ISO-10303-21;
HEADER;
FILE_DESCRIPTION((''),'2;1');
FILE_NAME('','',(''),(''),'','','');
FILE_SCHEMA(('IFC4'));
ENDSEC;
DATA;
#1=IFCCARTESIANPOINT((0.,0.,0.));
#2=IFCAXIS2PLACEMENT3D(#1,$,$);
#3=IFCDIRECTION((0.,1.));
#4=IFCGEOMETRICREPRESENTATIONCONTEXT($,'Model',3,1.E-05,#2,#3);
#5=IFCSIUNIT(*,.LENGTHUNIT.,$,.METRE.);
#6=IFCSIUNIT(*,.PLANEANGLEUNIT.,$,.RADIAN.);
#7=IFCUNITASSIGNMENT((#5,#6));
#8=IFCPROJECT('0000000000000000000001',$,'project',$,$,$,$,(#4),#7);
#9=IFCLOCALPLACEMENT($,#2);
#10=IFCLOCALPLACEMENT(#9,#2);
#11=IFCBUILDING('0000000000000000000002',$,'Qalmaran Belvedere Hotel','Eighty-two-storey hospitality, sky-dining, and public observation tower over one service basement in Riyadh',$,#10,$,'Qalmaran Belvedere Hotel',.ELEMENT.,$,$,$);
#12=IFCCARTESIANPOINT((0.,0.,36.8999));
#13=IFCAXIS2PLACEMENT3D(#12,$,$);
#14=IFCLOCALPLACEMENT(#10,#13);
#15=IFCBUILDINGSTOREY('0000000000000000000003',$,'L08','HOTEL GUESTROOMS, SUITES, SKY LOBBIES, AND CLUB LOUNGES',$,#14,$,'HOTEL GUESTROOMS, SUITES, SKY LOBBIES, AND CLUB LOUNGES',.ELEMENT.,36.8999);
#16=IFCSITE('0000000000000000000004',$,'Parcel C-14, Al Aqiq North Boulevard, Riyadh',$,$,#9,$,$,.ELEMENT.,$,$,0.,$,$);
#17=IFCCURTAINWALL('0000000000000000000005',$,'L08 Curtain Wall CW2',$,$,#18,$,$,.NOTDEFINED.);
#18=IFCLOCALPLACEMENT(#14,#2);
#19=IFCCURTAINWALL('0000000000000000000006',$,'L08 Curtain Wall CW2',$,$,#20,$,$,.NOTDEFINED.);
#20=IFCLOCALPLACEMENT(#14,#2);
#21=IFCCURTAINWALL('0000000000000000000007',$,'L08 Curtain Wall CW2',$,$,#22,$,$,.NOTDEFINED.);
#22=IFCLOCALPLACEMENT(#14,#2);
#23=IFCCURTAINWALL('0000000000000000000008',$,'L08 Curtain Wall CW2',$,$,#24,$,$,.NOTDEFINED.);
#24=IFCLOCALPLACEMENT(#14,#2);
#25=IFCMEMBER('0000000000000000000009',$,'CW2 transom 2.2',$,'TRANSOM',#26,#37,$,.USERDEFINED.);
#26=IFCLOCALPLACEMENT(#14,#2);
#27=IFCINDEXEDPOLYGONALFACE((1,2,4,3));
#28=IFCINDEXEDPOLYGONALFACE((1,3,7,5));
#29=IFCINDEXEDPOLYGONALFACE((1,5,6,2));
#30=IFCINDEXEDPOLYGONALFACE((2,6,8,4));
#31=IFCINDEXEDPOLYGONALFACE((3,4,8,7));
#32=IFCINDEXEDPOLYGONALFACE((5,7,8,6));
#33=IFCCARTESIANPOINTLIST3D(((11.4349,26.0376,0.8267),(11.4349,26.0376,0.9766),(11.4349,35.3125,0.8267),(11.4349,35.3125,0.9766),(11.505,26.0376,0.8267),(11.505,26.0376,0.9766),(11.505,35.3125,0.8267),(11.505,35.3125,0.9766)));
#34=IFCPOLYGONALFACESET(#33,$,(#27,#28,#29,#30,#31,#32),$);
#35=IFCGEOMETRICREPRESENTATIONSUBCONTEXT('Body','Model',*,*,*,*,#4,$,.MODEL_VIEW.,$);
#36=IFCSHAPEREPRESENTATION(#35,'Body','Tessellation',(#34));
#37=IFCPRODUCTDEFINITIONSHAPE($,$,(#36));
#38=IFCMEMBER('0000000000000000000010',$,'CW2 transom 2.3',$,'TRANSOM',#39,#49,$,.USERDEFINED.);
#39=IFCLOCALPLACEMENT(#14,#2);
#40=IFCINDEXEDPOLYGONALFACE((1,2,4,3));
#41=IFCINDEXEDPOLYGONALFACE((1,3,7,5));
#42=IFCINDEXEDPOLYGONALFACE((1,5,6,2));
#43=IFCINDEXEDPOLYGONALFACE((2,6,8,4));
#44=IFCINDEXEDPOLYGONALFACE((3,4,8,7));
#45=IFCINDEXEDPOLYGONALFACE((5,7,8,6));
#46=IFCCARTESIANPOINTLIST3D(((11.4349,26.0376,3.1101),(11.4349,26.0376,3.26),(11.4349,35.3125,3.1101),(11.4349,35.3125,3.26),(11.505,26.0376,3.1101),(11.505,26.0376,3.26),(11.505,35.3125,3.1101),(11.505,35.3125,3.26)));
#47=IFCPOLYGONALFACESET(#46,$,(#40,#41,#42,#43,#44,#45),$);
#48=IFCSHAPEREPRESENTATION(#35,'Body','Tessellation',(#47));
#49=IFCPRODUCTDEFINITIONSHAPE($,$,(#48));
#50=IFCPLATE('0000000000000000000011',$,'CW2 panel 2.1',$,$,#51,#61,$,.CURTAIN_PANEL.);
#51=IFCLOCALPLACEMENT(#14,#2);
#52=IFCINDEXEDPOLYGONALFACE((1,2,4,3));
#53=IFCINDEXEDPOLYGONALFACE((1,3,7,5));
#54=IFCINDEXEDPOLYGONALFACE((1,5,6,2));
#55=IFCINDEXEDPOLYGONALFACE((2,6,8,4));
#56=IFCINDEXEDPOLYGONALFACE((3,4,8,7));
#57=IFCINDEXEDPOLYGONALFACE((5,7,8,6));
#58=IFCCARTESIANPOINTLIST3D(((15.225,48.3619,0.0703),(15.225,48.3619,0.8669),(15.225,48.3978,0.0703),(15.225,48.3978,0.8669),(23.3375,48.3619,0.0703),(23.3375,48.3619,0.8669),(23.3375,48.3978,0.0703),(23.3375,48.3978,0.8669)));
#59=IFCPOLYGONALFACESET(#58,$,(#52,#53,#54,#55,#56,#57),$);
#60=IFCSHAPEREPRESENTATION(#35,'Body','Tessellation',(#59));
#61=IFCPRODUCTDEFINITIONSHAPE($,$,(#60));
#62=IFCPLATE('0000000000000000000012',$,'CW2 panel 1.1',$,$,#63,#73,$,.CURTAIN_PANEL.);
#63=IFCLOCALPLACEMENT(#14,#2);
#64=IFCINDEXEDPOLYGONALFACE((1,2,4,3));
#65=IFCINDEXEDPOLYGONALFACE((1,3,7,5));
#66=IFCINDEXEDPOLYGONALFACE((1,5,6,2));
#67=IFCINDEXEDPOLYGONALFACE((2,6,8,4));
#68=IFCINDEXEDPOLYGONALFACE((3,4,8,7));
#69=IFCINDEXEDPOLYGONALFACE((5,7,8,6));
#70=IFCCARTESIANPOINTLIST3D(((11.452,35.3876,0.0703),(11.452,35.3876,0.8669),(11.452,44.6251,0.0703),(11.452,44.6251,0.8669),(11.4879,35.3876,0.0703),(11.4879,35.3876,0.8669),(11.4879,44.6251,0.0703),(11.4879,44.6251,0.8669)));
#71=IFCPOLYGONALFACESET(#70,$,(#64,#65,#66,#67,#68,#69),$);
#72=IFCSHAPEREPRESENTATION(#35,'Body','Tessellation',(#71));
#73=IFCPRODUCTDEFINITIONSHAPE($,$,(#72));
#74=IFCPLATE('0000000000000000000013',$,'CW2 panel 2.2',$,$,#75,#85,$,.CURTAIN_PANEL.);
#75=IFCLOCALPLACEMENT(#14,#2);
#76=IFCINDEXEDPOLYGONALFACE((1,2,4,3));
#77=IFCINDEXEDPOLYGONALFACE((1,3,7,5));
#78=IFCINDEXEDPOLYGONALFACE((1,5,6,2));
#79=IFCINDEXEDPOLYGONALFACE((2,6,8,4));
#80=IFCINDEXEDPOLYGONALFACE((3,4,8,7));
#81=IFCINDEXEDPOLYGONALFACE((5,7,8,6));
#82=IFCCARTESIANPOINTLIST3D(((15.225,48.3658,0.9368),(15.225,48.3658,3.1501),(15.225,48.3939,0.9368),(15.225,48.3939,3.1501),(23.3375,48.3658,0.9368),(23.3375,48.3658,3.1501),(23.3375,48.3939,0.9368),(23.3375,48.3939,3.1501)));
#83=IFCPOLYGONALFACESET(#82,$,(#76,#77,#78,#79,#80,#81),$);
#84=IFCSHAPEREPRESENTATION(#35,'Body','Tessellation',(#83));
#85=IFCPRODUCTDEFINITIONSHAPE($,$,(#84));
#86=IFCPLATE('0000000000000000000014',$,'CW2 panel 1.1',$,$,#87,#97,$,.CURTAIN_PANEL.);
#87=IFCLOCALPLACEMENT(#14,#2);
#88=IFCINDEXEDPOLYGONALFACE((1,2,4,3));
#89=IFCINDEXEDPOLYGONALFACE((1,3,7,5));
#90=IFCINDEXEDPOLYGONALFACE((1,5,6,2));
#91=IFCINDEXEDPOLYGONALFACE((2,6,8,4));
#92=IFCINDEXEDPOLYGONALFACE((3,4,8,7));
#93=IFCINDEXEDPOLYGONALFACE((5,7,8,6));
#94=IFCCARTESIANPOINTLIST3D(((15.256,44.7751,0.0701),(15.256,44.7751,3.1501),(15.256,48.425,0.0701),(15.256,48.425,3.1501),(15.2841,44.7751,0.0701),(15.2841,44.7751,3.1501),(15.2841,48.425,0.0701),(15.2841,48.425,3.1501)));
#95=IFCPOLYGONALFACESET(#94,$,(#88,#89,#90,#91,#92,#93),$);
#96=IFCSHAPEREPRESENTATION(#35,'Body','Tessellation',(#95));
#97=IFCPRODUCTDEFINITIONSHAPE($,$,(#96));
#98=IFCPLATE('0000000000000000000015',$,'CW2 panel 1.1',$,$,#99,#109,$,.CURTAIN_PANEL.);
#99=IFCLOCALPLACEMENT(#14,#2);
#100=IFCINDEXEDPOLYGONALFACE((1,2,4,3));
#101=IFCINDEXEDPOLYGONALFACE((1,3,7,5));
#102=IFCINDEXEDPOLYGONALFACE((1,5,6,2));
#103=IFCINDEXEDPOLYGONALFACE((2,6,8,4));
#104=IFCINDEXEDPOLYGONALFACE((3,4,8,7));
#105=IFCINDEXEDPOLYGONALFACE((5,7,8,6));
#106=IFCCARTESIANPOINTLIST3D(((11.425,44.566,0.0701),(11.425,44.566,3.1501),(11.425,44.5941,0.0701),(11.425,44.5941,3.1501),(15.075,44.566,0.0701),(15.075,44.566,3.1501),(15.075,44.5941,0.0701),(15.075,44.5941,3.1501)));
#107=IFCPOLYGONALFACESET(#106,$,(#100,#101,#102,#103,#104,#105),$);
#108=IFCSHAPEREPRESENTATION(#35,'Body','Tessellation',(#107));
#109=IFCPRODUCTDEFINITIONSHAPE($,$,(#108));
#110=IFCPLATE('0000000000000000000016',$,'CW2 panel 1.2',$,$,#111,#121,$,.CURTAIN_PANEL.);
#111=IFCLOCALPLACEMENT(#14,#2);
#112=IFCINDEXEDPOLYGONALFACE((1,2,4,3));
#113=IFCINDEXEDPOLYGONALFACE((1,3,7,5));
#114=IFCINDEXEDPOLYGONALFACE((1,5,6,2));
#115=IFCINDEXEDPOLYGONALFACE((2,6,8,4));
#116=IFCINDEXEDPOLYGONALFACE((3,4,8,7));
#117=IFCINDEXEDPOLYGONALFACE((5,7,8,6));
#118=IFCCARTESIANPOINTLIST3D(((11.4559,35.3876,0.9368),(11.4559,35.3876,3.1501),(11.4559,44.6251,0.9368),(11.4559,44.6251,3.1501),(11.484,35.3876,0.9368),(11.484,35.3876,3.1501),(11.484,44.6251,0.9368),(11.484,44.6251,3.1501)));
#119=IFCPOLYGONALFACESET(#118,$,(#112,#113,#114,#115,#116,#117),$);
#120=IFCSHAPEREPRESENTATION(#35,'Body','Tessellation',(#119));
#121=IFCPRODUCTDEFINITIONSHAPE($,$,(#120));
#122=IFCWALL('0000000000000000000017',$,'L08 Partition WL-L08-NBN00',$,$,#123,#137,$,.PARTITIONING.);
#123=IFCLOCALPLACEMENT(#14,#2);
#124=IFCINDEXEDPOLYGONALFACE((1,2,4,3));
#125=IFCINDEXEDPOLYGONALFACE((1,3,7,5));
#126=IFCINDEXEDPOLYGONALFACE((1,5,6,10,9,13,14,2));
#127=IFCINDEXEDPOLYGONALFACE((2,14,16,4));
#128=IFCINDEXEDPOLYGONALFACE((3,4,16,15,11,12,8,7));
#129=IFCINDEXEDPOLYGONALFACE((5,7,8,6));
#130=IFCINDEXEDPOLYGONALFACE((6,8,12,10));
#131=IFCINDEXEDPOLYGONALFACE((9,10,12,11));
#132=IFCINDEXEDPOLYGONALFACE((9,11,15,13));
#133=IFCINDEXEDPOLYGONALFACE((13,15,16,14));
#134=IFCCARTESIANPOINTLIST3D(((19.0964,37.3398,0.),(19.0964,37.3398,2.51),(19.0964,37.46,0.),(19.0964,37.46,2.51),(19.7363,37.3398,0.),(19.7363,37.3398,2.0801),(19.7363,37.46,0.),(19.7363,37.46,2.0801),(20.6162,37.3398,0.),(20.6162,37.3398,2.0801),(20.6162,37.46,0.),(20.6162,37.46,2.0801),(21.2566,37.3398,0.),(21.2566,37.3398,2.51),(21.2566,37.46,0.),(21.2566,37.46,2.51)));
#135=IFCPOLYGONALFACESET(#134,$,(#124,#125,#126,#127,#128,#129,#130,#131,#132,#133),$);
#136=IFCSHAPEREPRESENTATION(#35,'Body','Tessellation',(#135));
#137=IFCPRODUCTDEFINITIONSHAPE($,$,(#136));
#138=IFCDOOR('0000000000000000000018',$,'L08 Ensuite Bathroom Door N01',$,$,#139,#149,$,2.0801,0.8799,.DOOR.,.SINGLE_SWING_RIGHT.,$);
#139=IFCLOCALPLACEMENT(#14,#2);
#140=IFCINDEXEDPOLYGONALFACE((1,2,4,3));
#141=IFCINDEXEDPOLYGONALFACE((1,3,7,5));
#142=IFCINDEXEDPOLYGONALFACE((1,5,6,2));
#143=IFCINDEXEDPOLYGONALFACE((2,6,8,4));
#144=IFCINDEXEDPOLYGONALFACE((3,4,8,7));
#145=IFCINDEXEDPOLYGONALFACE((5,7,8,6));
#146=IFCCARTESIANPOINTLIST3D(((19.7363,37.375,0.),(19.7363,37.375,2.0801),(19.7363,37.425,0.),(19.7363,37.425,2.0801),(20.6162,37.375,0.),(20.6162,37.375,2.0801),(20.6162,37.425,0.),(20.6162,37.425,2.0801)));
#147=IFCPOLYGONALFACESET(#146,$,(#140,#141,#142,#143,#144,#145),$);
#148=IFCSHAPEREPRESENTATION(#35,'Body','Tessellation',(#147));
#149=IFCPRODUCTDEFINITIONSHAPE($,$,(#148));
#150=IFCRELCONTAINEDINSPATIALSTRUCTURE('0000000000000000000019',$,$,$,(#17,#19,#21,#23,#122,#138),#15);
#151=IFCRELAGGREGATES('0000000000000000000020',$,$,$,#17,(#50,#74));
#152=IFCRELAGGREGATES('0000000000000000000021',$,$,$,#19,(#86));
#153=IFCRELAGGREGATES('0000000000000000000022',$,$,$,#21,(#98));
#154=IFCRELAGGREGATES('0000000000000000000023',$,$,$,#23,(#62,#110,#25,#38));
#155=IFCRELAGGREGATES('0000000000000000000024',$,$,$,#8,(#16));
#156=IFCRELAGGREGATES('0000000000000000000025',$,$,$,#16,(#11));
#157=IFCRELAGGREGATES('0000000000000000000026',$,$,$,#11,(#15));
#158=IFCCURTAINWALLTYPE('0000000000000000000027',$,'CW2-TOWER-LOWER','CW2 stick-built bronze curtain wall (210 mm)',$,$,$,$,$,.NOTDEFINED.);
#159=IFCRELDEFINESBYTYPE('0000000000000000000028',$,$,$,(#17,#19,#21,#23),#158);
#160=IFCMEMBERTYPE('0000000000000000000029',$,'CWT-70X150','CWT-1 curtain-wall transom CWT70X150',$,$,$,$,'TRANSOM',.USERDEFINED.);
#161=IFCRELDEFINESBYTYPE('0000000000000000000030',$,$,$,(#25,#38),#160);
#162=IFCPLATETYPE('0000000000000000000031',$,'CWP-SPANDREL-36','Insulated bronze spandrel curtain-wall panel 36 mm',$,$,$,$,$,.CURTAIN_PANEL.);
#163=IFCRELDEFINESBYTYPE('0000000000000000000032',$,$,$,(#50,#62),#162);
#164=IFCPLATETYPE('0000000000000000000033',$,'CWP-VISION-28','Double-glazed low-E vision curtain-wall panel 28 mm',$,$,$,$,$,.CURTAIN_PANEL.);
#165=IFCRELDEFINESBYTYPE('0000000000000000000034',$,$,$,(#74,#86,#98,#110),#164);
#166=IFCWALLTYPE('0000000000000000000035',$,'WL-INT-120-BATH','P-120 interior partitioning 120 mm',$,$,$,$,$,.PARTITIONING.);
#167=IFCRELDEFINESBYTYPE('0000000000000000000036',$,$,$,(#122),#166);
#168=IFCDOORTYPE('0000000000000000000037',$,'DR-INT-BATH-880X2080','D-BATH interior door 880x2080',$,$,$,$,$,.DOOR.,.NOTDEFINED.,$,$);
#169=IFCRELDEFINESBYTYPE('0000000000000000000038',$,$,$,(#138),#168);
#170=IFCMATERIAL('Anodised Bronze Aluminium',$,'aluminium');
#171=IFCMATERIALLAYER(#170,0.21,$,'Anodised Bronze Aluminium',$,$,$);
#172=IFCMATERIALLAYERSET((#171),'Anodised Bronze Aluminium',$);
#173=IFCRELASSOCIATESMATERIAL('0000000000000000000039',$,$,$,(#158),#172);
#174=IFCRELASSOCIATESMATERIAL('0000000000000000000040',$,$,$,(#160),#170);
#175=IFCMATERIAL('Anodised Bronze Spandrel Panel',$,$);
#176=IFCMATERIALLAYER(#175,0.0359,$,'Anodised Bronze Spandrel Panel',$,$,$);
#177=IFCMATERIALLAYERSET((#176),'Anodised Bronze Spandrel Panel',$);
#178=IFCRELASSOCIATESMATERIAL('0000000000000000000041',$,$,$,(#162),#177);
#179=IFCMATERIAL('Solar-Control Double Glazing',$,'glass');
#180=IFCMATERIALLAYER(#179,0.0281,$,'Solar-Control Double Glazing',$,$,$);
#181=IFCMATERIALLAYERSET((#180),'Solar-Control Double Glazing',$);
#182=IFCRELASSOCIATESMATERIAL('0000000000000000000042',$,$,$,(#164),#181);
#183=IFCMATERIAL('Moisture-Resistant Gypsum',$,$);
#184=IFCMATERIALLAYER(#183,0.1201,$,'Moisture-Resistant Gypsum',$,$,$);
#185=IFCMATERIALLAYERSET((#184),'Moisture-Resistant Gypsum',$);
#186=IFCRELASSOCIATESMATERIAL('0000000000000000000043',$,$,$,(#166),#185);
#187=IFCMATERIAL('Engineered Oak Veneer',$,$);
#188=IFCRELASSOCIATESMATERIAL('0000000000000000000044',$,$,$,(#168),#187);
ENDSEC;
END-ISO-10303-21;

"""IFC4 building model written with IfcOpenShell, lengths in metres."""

from ifc_helpers import new_model, si_unit, direction, frame, frame_2d, origin, origin_2d, place, context, subcontext, project, spatial, rectangle, extrude, material, layer, layer_set, material_profile, profile_set, type_object, element, fill, aggregate, save


model = new_model("IFC4")

# Units and contexts
model_context = context("Model", 3, precision=1e-05, world=origin(), true_north=direction((0.0, 1.0)))
body_context = subcontext(model_context, "Body", "Model", "MODEL_VIEW")
ifc_project = project(units=[si_unit("LENGTHUNIT", "METRE"), si_unit("PLANEANGLEUNIT", "RADIAN")], contexts=[model_context])

# Site, building, storey
site_placement = place(None, origin())
site = spatial("IfcSite", under=ifc_project, at=site_placement, Name="Parcel C-14, Al Aqiq North Boulevard, Riyadh", CompositionType="ELEMENT", RefElevation=0.0)
building_placement = place(site_placement, origin())
building = spatial("IfcBuilding", under=site, at=building_placement, Name="Qalmaran Belvedere Hotel", Description="Eighty-two-storey hospitality, sky-dining, and public observation tower over one service basement in Riyadh", LongName="Qalmaran Belvedere Hotel", CompositionType="ELEMENT")
storey_placement = place(building_placement, frame((0.0, 0.0, 36.8999)))
storey = spatial("IfcBuildingStorey", under=building, at=storey_placement, Name="L08", Description="HOTEL GUESTROOMS, SUITES, SKY LOBBIES, AND CLUB LOUNGES", LongName="HOTEL GUESTROOMS, SUITES, SKY LOBBIES, AND CLUB LOUNGES", CompositionType="ELEMENT", Elevation=36.8999)

# Curtain wall
ifc_material_1 = material(Name="Anodised Bronze Aluminium", Category="aluminium")
ifc_layer_1 = layer(ifc_material_1, 0.21, Name="Anodised Bronze Aluminium")
ifc_layer_set_1 = layer_set([ifc_layer_1], Name="Anodised Bronze Aluminium")
curtain_wall_type = type_object("IfcCurtainWallType", Name="CW2-TOWER-LOWER", Description="CW2 stick-built bronze curtain wall (210 mm)", PredefinedType="NOTDEFINED", material=ifc_layer_set_1)
curtain_wall_1_placement = place(storey_placement, origin())
curtain_wall_1 = element("IfcCurtainWall", 1, at=curtain_wall_1_placement, inside=storey, type_object=curtain_wall_type, Name="L08 Curtain Wall CW2", PredefinedType="NOTDEFINED")

# Curtain walls
curtain_wall_2_placement = place(storey_placement, origin())
curtain_wall_2 = element("IfcCurtainWall", 2, at=curtain_wall_2_placement, inside=storey, type_object=curtain_wall_type, Name="L08 Curtain Wall CW2", PredefinedType="NOTDEFINED")
curtain_wall_3_placement = place(storey_placement, origin())
curtain_wall_3 = element("IfcCurtainWall", 3, at=curtain_wall_3_placement, inside=storey, type_object=curtain_wall_type, Name="L08 Curtain Wall CW2", PredefinedType="NOTDEFINED")
curtain_wall_4_placement = place(storey_placement, origin())
curtain_wall_4 = element("IfcCurtainWall", 4, at=curtain_wall_4_placement, inside=storey, type_object=curtain_wall_type, Name="L08 Curtain Wall CW2", PredefinedType="NOTDEFINED")

# Members
ifc_material_profile_1 = material_profile(ifc_material_1, rectangle(XDim=0.0701, YDim=0.1499, at=origin_2d()), Name="CWT70X150")
ifc_profile_set_1 = profile_set([ifc_material_profile_1], Name="Anodised Bronze Aluminium")
member_type_1 = type_object("IfcMemberType", Name="CWT-70X150", Description="CWT-1 curtain-wall transom CWT70X150", ElementType="TRANSOM", PredefinedType="USERDEFINED", material=ifc_profile_set_1)
member_1_placement = place(storey_placement, frame((11.47, 35.3125, 0.9016), z_axis=(0.0, -1.0, 0.0), x_axis=(1.0, 0.0, 0.0)))
member_1 = element("IfcMember", 5, at=member_1_placement, type_object=member_type_1, Name="CW2 transom 2.2", ObjectType="TRANSOM", PredefinedType="USERDEFINED", context=body_context, shape_type="SweptSolid", body=[
    extrude(rectangle(XDim=0.0701, YDim=0.1499, at=origin_2d()), origin(), (0.0, 0.0, 1.0), 9.2749),
])
member_2_placement = place(storey_placement, frame((11.47, 35.3125, 3.1851), z_axis=(0.0, -1.0, 0.0), x_axis=(1.0, 0.0, 0.0)))
member_2 = element("IfcMember", 6, at=member_2_placement, type_object=member_type_1, Name="CW2 transom 2.3", ObjectType="TRANSOM", PredefinedType="USERDEFINED", context=body_context, shape_type="SweptSolid", body=[
    extrude(rectangle(XDim=0.0701, YDim=0.1499, at=origin_2d()), origin(), (0.0, 0.0, 1.0), 9.2749),
])

# Plates
ifc_material_2 = material(Name="Anodised Bronze Spandrel Panel")
ifc_layer_2 = layer(ifc_material_2, 0.0359, Name="Anodised Bronze Spandrel Panel")
ifc_layer_set_2 = layer_set([ifc_layer_2], Name="Anodised Bronze Spandrel Panel")
plate_type_1 = type_object("IfcPlateType", Name="CWP-SPANDREL-36", Description="Insulated bronze spandrel curtain-wall panel 36 mm", PredefinedType="CURTAIN_PANEL", material=ifc_layer_set_2)
plate_1_placement = place(storey_placement, frame((19.2812, 48.3799, 0.0703), z_axis=(0.0, 0.0, 1.0), x_axis=(-1.0, 0.0, 0.0)))
plate_1 = element("IfcPlate", 7, at=plate_1_placement, type_object=plate_type_1, Name="CW2 panel 2.1", PredefinedType="CURTAIN_PANEL", context=body_context, shape_type="SweptSolid", body=[
    extrude(rectangle(XDim=8.1125, YDim=0.0359, at=origin_2d()), origin(), (0.0, 0.0, 1.0), 0.7966),
])
plate_2_placement = place(storey_placement, frame((11.47, 40.0063, 0.0703), z_axis=(0.0, 0.0, 1.0), x_axis=(0.0, -1.0, 0.0)))
plate_2 = element("IfcPlate", 8, at=plate_2_placement, type_object=plate_type_1, Name="CW2 panel 1.1", PredefinedType="CURTAIN_PANEL", context=body_context, shape_type="SweptSolid", body=[
    extrude(rectangle(XDim=9.2375, YDim=0.0359, at=origin_2d()), origin(), (0.0, 0.0, 1.0), 0.7966),
])
ifc_material_3 = material(Name="Solar-Control Double Glazing", Category="glass")
ifc_layer_3 = layer(ifc_material_3, 0.0281, Name="Solar-Control Double Glazing")
ifc_layer_set_3 = layer_set([ifc_layer_3], Name="Solar-Control Double Glazing")
plate_type_2 = type_object("IfcPlateType", Name="CWP-VISION-28", Description="Double-glazed low-E vision curtain-wall panel 28 mm", PredefinedType="CURTAIN_PANEL", material=ifc_layer_set_3)
plate_3_placement = place(storey_placement, frame((19.2812, 48.3799, 0.9368), z_axis=(0.0, 0.0, 1.0), x_axis=(-1.0, 0.0, 0.0)))
plate_3 = element("IfcPlate", 9, at=plate_3_placement, type_object=plate_type_2, Name="CW2 panel 2.2", PredefinedType="CURTAIN_PANEL", context=body_context, shape_type="SweptSolid", body=[
    extrude(rectangle(XDim=8.1125, YDim=0.0281, at=origin_2d()), origin(), (0.0, 0.0, 1.0), 2.2134),
])
aggregate(curtain_wall_1, [plate_1, plate_3])
plate_4_placement = place(storey_placement, frame((15.27, 46.6001, 0.0701), z_axis=(0.0, 0.0, 1.0), x_axis=(0.0, -1.0, 0.0)))
plate_4 = element("IfcPlate", 10, at=plate_4_placement, type_object=plate_type_2, Name="CW2 panel 1.1", PredefinedType="CURTAIN_PANEL", context=body_context, shape_type="SweptSolid", body=[
    extrude(rectangle(XDim=3.6499, YDim=0.0281, at=origin_2d()), origin(), (0.0, 0.0, 1.0), 3.0801),
])
aggregate(curtain_wall_2, [plate_4])
plate_5_placement = place(storey_placement, frame((13.25, 44.5801, 0.0701), z_axis=(0.0, 0.0, 1.0), x_axis=(-1.0, 0.0, 0.0)))
plate_5 = element("IfcPlate", 11, at=plate_5_placement, type_object=plate_type_2, Name="CW2 panel 1.1", PredefinedType="CURTAIN_PANEL", context=body_context, shape_type="SweptSolid", body=[
    extrude(rectangle(XDim=3.6499, YDim=0.0281, at=origin_2d()), origin(), (0.0, 0.0, 1.0), 3.0801),
])
aggregate(curtain_wall_3, [plate_5])
plate_6_placement = place(storey_placement, frame((11.47, 40.0063, 0.9368), z_axis=(0.0, 0.0, 1.0), x_axis=(0.0, -1.0, 0.0)))
plate_6 = element("IfcPlate", 12, at=plate_6_placement, type_object=plate_type_2, Name="CW2 panel 1.2", PredefinedType="CURTAIN_PANEL", context=body_context, shape_type="SweptSolid", body=[
    extrude(rectangle(XDim=9.2375, YDim=0.0281, at=origin_2d()), origin(), (0.0, 0.0, 1.0), 2.2134),
])
aggregate(curtain_wall_4, [plate_2, plate_6, member_1, member_2])

# Wall, opening, door
ifc_material_4 = material(Name="Moisture-Resistant Gypsum")
ifc_layer_4 = layer(ifc_material_4, 0.1201, Name="Moisture-Resistant Gypsum")
ifc_layer_set_4 = layer_set([ifc_layer_4], Name="Moisture-Resistant Gypsum")
wall_type = type_object("IfcWallType", Name="WL-INT-120-BATH", Description="P-120 interior partitioning 120 mm", PredefinedType="PARTITIONING", material=ifc_layer_set_4)
wall_placement = place(storey_placement, frame((19.0964, 37.3999, 0.0), z_axis=(0.0, 0.0, 1.0), x_axis=(1.0, 0.0, 0.0)))
wall = element("IfcWall", 13, at=wall_placement, inside=storey, type_object=wall_type, Name="L08 Partition WL-L08-NBN00", PredefinedType="PARTITIONING", context=body_context, shape_type="SweptSolid", body=[
    extrude(rectangle(XDim=2.1602, YDim=0.1201, at=frame_2d((1.0801, 0.0))), origin(), (0.0, 0.0, 1.0), 2.51),
])
opening_placement = place(wall_placement, frame((1.5198, 0.0, 0.0), z_axis=(0.0, 0.0, 1.0), x_axis=(-1.0, 0.0, 0.0)))
opening = element("IfcOpeningElement", 14, at=opening_placement, cuts=wall, PredefinedType="OPENING", context=body_context, shape_type="SweptSolid", body=[
    extrude(rectangle(XDim=0.8799, YDim=2.0801, at=frame_2d((0.4399, 1.04))), frame((0.0, 0.0701, 0.0), z_axis=(0.0, -1.0, 0.0), x_axis=(1.0, 0.0, 0.0)), (0.0, 0.0, 1.0), 0.1401),
])
ifc_material_5 = material(Name="Engineered Oak Veneer")
door_type = type_object("IfcDoorType", Name="DR-INT-BATH-880X2080", Description="D-BATH interior door 880x2080", OperationType="NOTDEFINED", PredefinedType="DOOR", material=ifc_material_5)
door_placement = place(opening_placement, origin())
door = element("IfcDoor", 15, at=door_placement, inside=storey, type_object=door_type, Name="L08 Ensuite Bathroom Door N01", OperationType="SINGLE_SWING_RIGHT", OverallHeight=2.0801, OverallWidth=0.8799, PredefinedType="DOOR", context=body_context, shape_type="SweptSolid", body=[
    extrude(rectangle(XDim=0.8799, YDim=2.0801, at=frame_2d((0.4399, 1.04))), frame((0.0, 0.0249, 0.0), z_axis=(0.0, -1.0, 0.0), x_axis=(1.0, 0.0, 0.0)), (0.0, 0.0, 1.0), 0.05),
])
fill(opening, door)

save(model, "model.ifc")
